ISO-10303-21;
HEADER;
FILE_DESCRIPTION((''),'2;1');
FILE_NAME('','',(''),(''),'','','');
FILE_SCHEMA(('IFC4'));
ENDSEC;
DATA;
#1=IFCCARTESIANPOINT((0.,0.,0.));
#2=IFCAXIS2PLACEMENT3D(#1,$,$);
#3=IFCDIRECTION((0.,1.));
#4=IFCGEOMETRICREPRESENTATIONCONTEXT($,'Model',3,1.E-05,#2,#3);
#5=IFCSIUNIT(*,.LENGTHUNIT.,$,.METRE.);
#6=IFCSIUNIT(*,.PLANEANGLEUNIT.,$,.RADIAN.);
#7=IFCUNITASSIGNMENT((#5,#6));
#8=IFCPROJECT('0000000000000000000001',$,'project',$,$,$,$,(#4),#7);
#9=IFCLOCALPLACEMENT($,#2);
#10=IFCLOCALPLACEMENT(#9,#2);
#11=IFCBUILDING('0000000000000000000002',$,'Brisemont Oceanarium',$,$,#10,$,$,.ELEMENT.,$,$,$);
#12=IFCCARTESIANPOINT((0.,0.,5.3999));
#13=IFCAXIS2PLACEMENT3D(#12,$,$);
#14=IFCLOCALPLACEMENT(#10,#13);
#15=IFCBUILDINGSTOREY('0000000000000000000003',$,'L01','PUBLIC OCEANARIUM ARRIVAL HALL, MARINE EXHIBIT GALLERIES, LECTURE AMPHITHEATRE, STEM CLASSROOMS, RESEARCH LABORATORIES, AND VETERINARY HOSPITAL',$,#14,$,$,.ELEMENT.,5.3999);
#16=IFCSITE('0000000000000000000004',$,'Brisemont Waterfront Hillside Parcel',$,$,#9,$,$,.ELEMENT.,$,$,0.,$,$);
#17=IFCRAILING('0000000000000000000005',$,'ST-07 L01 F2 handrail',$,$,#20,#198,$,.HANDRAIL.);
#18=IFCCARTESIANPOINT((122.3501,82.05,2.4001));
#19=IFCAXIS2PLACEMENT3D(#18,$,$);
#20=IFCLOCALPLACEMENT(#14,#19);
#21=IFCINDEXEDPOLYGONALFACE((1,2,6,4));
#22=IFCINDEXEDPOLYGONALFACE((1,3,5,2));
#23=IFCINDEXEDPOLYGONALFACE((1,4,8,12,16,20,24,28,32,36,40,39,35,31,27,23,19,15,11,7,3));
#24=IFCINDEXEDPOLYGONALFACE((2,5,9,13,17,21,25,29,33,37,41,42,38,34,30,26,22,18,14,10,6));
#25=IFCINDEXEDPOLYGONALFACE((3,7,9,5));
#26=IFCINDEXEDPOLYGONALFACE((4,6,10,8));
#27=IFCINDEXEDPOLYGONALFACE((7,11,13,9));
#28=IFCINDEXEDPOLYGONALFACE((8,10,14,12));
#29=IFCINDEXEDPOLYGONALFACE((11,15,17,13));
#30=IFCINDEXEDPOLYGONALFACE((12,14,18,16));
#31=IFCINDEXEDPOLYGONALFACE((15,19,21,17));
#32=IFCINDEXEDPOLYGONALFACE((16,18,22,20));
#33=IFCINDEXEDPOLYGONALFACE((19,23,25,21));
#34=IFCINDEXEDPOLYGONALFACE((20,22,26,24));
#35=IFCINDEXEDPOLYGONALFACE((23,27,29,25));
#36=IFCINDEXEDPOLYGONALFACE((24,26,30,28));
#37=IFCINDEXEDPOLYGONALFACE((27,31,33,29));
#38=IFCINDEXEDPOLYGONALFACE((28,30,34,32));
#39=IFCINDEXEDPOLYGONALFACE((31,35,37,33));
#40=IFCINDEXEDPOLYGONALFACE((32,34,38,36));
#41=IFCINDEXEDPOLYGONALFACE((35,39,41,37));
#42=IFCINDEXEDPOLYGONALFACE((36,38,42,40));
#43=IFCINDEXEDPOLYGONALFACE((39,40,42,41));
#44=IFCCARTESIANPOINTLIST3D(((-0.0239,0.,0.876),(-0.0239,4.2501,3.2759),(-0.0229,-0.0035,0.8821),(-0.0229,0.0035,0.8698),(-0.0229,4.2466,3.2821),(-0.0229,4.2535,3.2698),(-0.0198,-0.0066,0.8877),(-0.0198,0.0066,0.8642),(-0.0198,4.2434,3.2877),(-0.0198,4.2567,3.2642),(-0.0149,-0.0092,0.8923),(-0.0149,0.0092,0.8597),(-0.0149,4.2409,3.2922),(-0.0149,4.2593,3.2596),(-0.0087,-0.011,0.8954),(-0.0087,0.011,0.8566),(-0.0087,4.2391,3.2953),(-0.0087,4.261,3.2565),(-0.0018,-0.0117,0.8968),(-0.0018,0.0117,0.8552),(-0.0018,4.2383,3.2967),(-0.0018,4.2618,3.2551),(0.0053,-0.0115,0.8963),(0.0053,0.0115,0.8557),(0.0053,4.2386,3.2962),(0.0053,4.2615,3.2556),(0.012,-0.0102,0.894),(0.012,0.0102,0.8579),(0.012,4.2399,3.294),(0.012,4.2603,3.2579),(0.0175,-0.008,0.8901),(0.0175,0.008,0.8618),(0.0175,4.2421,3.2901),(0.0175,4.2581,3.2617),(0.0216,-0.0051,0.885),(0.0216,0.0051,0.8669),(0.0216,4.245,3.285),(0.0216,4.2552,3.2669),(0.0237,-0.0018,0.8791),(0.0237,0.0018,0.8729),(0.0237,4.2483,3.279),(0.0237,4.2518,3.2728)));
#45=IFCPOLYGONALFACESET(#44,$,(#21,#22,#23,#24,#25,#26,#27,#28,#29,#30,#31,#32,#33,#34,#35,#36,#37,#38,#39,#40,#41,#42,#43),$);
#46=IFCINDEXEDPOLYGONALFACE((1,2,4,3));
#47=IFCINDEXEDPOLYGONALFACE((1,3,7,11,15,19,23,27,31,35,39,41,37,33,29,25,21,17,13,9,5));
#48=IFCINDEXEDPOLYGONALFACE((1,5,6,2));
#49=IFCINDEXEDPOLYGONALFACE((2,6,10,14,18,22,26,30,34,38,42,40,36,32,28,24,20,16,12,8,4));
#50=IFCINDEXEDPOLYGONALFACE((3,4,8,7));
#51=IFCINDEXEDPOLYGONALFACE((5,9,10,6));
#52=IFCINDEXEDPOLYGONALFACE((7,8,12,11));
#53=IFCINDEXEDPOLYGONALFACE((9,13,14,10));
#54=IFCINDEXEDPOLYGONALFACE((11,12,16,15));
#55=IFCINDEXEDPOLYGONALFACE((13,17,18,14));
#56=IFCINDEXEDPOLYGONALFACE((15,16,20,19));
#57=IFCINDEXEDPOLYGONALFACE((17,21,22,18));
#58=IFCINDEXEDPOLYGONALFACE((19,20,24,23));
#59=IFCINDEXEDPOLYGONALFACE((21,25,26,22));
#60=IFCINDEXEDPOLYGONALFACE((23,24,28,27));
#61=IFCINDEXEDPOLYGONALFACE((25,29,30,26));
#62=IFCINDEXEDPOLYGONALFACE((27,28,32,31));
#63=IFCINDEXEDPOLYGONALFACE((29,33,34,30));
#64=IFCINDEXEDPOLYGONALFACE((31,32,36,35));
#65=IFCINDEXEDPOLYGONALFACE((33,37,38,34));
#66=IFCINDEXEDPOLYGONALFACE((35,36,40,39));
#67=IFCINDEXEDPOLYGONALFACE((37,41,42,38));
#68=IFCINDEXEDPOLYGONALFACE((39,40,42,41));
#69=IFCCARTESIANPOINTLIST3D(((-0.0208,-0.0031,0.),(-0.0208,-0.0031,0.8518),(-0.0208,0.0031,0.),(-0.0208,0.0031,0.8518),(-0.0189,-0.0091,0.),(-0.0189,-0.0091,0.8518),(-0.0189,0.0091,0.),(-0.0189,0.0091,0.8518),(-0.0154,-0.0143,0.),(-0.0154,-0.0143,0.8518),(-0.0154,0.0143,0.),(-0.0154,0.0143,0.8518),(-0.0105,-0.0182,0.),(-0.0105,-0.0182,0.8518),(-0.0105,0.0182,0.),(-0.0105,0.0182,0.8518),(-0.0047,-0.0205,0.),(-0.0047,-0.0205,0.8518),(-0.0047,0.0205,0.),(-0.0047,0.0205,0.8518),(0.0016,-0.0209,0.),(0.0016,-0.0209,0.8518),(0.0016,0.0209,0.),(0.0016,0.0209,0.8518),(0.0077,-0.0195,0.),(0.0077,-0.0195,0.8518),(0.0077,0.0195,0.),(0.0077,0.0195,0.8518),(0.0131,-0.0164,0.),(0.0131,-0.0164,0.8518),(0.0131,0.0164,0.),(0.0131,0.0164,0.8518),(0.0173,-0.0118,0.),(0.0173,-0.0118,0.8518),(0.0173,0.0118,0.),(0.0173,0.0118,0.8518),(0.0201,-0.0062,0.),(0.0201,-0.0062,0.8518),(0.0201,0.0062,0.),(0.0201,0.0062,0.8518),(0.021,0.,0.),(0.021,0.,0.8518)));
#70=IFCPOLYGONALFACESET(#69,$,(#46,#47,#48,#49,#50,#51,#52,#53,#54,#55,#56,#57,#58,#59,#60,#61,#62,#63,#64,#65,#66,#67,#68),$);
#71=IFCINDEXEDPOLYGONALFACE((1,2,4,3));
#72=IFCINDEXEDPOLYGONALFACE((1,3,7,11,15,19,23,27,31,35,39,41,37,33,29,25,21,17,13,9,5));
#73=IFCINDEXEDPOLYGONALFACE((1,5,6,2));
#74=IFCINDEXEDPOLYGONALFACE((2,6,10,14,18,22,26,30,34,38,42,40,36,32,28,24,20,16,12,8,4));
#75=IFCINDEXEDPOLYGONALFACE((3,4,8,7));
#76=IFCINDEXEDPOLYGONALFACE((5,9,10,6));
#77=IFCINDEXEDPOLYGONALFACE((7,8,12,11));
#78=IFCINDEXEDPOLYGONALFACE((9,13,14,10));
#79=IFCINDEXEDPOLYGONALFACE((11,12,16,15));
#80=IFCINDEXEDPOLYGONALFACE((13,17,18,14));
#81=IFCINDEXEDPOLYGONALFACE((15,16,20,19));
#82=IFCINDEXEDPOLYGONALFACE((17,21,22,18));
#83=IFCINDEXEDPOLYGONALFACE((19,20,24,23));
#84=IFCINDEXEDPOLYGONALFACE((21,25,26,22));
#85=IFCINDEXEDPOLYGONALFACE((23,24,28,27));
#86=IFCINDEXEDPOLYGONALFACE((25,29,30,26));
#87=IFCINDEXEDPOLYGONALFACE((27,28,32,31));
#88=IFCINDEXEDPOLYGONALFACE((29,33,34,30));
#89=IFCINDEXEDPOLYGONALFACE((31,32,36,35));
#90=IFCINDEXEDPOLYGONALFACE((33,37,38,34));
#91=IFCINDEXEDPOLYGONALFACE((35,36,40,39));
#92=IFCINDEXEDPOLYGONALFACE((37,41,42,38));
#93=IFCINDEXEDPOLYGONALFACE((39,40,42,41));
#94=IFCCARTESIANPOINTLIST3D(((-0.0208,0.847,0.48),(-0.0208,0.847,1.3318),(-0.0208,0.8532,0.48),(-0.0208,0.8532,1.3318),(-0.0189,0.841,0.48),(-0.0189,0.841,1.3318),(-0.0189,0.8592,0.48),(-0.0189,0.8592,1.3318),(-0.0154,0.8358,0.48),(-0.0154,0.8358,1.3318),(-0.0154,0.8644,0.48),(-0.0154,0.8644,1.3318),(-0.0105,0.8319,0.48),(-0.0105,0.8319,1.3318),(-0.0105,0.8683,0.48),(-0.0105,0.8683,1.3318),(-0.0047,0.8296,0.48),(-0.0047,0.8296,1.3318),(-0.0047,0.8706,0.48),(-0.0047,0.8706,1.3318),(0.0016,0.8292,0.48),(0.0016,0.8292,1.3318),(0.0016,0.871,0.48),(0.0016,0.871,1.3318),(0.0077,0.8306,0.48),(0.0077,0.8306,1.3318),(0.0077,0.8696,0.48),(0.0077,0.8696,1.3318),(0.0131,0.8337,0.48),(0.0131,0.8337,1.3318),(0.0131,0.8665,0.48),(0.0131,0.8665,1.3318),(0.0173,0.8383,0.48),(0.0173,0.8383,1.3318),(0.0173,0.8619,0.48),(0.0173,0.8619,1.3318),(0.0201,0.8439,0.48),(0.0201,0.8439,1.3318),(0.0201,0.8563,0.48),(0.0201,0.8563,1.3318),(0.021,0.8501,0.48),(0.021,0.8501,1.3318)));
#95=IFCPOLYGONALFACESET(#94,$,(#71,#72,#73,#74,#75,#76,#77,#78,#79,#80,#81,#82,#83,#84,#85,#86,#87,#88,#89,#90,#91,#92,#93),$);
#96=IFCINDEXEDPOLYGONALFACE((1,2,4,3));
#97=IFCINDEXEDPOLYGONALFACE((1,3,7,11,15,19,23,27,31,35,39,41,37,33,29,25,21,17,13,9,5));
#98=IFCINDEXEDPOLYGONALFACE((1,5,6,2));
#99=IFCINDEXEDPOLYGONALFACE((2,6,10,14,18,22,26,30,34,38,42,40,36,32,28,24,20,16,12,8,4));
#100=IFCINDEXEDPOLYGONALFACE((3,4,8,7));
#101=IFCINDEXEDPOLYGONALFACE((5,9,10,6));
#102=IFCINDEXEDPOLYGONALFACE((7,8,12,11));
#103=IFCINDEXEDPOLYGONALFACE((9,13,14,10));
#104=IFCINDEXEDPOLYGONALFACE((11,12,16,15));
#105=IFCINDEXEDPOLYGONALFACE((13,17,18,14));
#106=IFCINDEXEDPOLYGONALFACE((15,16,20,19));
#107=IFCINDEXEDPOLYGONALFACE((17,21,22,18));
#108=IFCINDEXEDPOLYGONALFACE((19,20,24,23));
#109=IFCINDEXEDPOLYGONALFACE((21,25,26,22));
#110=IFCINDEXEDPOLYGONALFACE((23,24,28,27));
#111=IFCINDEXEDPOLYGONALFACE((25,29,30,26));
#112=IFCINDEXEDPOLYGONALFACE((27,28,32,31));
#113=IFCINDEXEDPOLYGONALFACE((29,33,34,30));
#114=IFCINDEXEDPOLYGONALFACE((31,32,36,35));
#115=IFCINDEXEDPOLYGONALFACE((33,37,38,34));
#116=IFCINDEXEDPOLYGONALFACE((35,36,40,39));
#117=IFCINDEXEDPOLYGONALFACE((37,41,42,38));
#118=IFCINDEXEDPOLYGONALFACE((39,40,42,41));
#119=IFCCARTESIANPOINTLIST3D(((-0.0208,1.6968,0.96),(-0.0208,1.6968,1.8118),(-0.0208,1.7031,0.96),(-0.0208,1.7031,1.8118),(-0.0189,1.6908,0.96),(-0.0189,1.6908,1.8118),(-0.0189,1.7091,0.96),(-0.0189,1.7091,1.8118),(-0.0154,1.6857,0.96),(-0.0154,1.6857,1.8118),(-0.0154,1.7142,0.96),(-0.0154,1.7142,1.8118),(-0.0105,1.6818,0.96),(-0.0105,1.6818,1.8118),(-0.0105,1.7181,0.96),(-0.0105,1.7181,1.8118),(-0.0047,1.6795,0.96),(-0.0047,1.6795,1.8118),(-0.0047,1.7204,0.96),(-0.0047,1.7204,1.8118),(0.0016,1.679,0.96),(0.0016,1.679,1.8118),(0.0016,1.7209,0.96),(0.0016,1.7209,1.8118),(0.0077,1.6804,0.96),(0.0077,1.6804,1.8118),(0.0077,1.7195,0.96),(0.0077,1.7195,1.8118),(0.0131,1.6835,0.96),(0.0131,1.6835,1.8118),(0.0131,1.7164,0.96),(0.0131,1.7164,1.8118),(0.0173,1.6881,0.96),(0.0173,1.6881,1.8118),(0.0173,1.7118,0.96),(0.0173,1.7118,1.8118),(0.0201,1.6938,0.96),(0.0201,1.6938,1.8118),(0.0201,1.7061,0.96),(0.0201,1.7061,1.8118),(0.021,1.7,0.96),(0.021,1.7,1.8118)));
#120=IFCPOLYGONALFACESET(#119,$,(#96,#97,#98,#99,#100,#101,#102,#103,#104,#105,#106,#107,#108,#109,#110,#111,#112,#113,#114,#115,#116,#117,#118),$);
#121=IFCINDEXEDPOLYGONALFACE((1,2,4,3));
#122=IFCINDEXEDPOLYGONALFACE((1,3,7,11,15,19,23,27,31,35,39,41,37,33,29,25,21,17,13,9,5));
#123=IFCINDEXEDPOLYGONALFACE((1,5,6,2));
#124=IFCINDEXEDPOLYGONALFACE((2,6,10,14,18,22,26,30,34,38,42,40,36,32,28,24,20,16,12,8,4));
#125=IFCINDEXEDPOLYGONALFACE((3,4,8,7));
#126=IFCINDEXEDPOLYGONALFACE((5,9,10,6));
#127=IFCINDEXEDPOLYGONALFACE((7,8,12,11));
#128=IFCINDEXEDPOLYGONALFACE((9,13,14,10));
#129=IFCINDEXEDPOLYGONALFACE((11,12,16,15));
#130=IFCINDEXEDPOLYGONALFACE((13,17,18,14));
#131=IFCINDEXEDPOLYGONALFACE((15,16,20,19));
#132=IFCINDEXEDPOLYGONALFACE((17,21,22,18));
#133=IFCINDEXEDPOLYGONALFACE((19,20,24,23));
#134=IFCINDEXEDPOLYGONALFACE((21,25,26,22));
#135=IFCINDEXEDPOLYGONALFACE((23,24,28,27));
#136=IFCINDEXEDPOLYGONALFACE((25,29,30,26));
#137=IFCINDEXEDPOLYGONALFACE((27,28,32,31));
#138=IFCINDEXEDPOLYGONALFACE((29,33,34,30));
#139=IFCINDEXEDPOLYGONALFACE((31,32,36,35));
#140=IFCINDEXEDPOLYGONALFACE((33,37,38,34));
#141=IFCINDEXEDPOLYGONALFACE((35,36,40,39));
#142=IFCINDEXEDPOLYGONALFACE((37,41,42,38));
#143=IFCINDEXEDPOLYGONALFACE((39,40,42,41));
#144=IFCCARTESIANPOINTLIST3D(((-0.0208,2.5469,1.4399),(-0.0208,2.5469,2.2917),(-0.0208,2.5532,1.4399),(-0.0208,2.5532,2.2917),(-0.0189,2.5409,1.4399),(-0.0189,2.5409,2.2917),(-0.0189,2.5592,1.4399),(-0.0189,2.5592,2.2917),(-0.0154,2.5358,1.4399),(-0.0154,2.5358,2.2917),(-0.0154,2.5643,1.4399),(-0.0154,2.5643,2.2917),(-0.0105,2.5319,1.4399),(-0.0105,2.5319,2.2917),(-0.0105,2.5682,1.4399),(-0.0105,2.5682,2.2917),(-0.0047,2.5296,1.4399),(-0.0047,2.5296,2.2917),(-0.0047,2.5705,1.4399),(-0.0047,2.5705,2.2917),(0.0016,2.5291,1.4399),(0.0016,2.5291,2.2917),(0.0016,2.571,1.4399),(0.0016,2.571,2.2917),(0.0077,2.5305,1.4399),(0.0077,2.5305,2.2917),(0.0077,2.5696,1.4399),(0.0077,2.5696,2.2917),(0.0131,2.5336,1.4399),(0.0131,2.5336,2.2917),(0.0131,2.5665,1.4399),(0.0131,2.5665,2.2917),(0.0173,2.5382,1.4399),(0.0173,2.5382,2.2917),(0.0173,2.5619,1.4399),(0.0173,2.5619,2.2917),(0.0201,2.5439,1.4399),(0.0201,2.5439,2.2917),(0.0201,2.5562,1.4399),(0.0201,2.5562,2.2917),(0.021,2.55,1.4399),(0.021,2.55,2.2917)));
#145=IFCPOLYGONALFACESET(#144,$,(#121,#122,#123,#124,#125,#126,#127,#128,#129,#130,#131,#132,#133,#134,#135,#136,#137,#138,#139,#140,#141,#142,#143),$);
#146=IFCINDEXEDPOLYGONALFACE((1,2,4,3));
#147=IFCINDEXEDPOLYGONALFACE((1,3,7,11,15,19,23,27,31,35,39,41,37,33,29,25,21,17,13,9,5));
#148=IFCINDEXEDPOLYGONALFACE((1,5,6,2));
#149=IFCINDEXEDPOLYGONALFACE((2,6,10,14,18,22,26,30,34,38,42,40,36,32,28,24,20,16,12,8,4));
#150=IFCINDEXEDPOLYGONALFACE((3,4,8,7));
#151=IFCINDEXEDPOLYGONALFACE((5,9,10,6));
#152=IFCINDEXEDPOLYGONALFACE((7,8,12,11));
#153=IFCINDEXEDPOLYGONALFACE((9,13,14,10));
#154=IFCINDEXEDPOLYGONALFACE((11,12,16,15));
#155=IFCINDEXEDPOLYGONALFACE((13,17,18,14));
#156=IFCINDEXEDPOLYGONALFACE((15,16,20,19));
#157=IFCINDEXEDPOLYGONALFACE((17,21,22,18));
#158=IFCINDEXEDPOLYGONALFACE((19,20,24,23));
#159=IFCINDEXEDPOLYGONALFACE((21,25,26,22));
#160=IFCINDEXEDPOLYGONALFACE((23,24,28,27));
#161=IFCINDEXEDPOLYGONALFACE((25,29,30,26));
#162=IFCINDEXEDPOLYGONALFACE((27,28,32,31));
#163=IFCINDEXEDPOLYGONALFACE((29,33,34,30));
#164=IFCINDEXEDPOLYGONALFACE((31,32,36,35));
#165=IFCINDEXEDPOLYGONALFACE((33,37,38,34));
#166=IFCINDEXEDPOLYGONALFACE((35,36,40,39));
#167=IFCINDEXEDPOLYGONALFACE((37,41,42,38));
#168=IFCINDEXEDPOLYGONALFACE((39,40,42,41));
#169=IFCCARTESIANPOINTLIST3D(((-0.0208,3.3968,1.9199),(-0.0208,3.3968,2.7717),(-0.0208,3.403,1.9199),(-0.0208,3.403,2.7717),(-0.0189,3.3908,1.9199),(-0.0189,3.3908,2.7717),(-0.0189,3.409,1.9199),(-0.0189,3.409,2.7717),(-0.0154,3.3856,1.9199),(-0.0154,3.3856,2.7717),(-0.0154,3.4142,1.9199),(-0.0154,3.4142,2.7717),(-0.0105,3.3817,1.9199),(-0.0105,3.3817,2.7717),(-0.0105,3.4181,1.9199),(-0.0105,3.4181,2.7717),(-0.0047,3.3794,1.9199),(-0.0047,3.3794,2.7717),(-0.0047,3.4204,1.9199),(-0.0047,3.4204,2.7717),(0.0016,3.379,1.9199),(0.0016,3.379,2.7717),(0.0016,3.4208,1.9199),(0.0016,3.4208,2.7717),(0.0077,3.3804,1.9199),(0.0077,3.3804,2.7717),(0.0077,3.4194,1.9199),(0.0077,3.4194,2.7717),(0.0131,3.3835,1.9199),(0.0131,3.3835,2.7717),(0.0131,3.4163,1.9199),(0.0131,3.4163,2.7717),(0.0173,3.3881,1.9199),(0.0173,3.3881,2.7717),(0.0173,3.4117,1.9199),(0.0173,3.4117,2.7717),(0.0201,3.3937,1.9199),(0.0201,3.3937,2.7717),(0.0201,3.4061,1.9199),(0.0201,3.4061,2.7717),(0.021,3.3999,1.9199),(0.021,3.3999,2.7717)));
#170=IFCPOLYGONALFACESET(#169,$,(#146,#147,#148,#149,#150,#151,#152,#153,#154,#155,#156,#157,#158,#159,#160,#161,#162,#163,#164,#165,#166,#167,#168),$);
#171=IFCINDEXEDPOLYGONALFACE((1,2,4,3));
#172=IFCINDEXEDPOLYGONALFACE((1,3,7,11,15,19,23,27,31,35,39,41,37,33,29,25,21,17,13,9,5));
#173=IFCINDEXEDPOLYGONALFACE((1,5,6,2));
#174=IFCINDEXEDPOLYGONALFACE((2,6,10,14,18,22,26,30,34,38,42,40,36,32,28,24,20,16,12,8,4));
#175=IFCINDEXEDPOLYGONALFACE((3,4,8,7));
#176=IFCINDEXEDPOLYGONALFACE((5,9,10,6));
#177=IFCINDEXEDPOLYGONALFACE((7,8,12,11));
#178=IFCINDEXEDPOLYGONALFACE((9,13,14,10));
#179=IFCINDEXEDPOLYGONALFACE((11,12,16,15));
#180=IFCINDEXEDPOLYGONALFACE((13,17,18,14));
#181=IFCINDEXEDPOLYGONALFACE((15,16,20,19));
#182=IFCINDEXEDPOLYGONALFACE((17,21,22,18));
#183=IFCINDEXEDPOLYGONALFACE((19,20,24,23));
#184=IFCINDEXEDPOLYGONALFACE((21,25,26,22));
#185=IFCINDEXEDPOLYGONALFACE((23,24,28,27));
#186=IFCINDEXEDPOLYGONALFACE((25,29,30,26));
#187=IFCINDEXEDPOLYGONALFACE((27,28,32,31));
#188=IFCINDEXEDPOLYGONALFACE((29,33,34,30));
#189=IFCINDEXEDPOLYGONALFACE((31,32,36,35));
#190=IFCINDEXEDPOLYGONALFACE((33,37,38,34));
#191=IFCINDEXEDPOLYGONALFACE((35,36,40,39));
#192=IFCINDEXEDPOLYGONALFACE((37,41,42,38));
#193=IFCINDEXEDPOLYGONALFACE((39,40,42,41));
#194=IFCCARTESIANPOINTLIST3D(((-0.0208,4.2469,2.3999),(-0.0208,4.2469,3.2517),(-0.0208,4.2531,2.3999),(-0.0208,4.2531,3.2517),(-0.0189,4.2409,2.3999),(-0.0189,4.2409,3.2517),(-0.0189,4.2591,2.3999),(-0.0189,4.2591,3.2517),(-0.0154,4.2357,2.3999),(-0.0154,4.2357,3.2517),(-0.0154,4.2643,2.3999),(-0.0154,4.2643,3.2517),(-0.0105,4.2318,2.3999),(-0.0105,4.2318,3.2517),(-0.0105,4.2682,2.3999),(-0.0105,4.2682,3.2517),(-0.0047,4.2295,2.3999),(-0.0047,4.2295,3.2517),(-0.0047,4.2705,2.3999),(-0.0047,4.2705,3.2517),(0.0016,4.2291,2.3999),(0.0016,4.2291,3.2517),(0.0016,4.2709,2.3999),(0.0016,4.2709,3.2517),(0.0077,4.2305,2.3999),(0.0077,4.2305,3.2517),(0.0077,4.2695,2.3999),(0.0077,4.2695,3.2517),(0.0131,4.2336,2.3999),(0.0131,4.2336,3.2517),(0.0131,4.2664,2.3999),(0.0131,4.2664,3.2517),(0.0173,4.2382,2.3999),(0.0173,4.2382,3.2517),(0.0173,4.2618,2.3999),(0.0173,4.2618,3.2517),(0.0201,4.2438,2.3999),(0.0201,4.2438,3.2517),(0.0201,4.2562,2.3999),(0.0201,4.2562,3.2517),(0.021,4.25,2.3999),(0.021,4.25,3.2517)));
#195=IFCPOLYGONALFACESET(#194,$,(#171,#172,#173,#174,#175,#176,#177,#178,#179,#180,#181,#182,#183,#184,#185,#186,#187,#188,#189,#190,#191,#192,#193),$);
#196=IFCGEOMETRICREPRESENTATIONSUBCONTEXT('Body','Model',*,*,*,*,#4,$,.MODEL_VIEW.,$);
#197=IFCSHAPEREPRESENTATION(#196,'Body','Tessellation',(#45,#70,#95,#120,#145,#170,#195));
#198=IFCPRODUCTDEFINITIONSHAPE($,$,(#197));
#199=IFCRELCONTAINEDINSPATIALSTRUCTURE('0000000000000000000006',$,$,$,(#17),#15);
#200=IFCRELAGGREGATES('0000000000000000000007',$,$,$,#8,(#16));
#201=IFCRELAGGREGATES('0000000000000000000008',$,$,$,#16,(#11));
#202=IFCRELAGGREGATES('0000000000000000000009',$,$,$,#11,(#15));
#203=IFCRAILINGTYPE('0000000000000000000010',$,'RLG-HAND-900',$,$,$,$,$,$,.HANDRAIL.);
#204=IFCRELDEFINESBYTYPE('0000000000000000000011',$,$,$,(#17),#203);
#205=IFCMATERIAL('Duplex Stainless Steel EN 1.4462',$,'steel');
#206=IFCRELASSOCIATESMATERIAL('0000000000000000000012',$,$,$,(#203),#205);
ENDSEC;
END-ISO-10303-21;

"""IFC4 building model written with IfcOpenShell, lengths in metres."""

from ifc_helpers import new_model, si_unit, direction, frame, origin, origin_2d, place, context, subcontext, project, spatial, circle, extrude, material, type_object, element, save


model = new_model("IFC4")

# Units and contexts
model_context = context("Model", 3, precision=1e-05, world=origin(), true_north=direction((0.0, 1.0)))
body_context = subcontext(model_context, "Body", "Model", "MODEL_VIEW")
ifc_project = project(units=[si_unit("LENGTHUNIT", "METRE"), si_unit("PLANEANGLEUNIT", "RADIAN")], contexts=[model_context])

# Site, building, storey
site_placement = place(None, origin())
site = spatial("IfcSite", under=ifc_project, at=site_placement, Name="Brisemont Waterfront Hillside Parcel", CompositionType="ELEMENT", RefElevation=0.0)
building_placement = place(site_placement, origin())
building = spatial("IfcBuilding", under=site, at=building_placement, Name="Brisemont Oceanarium", CompositionType="ELEMENT")
storey_placement = place(building_placement, frame((0.0, 0.0, 5.3999)))
storey = spatial("IfcBuildingStorey", under=building, at=storey_placement, Name="L01", Description="PUBLIC OCEANARIUM ARRIVAL HALL, MARINE EXHIBIT GALLERIES, LECTURE AMPHITHEATRE, STEM CLASSROOMS, RESEARCH LABORATORIES, AND VETERINARY HOSPITAL", CompositionType="ELEMENT", Elevation=5.3999)

# Railing
ifc_material_1 = material(Name="Duplex Stainless Steel EN 1.4462", Category="steel")
railing_type_1 = type_object("IfcRailingType", Name="RLG-HAND-900", PredefinedType="HANDRAIL", material=ifc_material_1)
railing_1_placement = place(storey_placement, frame((122.3501, 82.05, 2.4001)))
element("IfcRailing", 1, at=railing_1_placement, inside=storey, type_object=railing_type_1, Name="ST-07 L01 F2 handrail", PredefinedType="HANDRAIL", context=body_context, shape_type="SweptSolid", body=[
    extrude(circle(Radius=0.0239, at=origin_2d()), frame((0.0, 0.0, 0.876), z_axis=(0.0, 0.870762, 0.491704), x_axis=(-1.0, 0.0, 0.0)), (0.0, 0.0, 1.0), 4.8809),
    extrude(circle(Radius=0.021, at=origin_2d()), origin(), (0.0, 0.0, 1.0), 0.8518),
    extrude(circle(Radius=0.021, at=origin_2d()), frame((0.0, 0.8501, 0.48)), (0.0, 0.0, 1.0), 0.8518),
    extrude(circle(Radius=0.021, at=origin_2d()), frame((0.0, 1.7, 0.96)), (0.0, 0.0, 1.0), 0.8518),
    extrude(circle(Radius=0.021, at=origin_2d()), frame((0.0, 2.55, 1.4399)), (0.0, 0.0, 1.0), 0.8518),
    extrude(circle(Radius=0.021, at=origin_2d()), frame((0.0, 3.3999, 1.9199)), (0.0, 0.0, 1.0), 0.8518),
    extrude(circle(Radius=0.021, at=origin_2d()), frame((0.0, 4.25, 2.3999)), (0.0, 0.0, 1.0), 0.8518),
])

save(model, "model.ifc")
